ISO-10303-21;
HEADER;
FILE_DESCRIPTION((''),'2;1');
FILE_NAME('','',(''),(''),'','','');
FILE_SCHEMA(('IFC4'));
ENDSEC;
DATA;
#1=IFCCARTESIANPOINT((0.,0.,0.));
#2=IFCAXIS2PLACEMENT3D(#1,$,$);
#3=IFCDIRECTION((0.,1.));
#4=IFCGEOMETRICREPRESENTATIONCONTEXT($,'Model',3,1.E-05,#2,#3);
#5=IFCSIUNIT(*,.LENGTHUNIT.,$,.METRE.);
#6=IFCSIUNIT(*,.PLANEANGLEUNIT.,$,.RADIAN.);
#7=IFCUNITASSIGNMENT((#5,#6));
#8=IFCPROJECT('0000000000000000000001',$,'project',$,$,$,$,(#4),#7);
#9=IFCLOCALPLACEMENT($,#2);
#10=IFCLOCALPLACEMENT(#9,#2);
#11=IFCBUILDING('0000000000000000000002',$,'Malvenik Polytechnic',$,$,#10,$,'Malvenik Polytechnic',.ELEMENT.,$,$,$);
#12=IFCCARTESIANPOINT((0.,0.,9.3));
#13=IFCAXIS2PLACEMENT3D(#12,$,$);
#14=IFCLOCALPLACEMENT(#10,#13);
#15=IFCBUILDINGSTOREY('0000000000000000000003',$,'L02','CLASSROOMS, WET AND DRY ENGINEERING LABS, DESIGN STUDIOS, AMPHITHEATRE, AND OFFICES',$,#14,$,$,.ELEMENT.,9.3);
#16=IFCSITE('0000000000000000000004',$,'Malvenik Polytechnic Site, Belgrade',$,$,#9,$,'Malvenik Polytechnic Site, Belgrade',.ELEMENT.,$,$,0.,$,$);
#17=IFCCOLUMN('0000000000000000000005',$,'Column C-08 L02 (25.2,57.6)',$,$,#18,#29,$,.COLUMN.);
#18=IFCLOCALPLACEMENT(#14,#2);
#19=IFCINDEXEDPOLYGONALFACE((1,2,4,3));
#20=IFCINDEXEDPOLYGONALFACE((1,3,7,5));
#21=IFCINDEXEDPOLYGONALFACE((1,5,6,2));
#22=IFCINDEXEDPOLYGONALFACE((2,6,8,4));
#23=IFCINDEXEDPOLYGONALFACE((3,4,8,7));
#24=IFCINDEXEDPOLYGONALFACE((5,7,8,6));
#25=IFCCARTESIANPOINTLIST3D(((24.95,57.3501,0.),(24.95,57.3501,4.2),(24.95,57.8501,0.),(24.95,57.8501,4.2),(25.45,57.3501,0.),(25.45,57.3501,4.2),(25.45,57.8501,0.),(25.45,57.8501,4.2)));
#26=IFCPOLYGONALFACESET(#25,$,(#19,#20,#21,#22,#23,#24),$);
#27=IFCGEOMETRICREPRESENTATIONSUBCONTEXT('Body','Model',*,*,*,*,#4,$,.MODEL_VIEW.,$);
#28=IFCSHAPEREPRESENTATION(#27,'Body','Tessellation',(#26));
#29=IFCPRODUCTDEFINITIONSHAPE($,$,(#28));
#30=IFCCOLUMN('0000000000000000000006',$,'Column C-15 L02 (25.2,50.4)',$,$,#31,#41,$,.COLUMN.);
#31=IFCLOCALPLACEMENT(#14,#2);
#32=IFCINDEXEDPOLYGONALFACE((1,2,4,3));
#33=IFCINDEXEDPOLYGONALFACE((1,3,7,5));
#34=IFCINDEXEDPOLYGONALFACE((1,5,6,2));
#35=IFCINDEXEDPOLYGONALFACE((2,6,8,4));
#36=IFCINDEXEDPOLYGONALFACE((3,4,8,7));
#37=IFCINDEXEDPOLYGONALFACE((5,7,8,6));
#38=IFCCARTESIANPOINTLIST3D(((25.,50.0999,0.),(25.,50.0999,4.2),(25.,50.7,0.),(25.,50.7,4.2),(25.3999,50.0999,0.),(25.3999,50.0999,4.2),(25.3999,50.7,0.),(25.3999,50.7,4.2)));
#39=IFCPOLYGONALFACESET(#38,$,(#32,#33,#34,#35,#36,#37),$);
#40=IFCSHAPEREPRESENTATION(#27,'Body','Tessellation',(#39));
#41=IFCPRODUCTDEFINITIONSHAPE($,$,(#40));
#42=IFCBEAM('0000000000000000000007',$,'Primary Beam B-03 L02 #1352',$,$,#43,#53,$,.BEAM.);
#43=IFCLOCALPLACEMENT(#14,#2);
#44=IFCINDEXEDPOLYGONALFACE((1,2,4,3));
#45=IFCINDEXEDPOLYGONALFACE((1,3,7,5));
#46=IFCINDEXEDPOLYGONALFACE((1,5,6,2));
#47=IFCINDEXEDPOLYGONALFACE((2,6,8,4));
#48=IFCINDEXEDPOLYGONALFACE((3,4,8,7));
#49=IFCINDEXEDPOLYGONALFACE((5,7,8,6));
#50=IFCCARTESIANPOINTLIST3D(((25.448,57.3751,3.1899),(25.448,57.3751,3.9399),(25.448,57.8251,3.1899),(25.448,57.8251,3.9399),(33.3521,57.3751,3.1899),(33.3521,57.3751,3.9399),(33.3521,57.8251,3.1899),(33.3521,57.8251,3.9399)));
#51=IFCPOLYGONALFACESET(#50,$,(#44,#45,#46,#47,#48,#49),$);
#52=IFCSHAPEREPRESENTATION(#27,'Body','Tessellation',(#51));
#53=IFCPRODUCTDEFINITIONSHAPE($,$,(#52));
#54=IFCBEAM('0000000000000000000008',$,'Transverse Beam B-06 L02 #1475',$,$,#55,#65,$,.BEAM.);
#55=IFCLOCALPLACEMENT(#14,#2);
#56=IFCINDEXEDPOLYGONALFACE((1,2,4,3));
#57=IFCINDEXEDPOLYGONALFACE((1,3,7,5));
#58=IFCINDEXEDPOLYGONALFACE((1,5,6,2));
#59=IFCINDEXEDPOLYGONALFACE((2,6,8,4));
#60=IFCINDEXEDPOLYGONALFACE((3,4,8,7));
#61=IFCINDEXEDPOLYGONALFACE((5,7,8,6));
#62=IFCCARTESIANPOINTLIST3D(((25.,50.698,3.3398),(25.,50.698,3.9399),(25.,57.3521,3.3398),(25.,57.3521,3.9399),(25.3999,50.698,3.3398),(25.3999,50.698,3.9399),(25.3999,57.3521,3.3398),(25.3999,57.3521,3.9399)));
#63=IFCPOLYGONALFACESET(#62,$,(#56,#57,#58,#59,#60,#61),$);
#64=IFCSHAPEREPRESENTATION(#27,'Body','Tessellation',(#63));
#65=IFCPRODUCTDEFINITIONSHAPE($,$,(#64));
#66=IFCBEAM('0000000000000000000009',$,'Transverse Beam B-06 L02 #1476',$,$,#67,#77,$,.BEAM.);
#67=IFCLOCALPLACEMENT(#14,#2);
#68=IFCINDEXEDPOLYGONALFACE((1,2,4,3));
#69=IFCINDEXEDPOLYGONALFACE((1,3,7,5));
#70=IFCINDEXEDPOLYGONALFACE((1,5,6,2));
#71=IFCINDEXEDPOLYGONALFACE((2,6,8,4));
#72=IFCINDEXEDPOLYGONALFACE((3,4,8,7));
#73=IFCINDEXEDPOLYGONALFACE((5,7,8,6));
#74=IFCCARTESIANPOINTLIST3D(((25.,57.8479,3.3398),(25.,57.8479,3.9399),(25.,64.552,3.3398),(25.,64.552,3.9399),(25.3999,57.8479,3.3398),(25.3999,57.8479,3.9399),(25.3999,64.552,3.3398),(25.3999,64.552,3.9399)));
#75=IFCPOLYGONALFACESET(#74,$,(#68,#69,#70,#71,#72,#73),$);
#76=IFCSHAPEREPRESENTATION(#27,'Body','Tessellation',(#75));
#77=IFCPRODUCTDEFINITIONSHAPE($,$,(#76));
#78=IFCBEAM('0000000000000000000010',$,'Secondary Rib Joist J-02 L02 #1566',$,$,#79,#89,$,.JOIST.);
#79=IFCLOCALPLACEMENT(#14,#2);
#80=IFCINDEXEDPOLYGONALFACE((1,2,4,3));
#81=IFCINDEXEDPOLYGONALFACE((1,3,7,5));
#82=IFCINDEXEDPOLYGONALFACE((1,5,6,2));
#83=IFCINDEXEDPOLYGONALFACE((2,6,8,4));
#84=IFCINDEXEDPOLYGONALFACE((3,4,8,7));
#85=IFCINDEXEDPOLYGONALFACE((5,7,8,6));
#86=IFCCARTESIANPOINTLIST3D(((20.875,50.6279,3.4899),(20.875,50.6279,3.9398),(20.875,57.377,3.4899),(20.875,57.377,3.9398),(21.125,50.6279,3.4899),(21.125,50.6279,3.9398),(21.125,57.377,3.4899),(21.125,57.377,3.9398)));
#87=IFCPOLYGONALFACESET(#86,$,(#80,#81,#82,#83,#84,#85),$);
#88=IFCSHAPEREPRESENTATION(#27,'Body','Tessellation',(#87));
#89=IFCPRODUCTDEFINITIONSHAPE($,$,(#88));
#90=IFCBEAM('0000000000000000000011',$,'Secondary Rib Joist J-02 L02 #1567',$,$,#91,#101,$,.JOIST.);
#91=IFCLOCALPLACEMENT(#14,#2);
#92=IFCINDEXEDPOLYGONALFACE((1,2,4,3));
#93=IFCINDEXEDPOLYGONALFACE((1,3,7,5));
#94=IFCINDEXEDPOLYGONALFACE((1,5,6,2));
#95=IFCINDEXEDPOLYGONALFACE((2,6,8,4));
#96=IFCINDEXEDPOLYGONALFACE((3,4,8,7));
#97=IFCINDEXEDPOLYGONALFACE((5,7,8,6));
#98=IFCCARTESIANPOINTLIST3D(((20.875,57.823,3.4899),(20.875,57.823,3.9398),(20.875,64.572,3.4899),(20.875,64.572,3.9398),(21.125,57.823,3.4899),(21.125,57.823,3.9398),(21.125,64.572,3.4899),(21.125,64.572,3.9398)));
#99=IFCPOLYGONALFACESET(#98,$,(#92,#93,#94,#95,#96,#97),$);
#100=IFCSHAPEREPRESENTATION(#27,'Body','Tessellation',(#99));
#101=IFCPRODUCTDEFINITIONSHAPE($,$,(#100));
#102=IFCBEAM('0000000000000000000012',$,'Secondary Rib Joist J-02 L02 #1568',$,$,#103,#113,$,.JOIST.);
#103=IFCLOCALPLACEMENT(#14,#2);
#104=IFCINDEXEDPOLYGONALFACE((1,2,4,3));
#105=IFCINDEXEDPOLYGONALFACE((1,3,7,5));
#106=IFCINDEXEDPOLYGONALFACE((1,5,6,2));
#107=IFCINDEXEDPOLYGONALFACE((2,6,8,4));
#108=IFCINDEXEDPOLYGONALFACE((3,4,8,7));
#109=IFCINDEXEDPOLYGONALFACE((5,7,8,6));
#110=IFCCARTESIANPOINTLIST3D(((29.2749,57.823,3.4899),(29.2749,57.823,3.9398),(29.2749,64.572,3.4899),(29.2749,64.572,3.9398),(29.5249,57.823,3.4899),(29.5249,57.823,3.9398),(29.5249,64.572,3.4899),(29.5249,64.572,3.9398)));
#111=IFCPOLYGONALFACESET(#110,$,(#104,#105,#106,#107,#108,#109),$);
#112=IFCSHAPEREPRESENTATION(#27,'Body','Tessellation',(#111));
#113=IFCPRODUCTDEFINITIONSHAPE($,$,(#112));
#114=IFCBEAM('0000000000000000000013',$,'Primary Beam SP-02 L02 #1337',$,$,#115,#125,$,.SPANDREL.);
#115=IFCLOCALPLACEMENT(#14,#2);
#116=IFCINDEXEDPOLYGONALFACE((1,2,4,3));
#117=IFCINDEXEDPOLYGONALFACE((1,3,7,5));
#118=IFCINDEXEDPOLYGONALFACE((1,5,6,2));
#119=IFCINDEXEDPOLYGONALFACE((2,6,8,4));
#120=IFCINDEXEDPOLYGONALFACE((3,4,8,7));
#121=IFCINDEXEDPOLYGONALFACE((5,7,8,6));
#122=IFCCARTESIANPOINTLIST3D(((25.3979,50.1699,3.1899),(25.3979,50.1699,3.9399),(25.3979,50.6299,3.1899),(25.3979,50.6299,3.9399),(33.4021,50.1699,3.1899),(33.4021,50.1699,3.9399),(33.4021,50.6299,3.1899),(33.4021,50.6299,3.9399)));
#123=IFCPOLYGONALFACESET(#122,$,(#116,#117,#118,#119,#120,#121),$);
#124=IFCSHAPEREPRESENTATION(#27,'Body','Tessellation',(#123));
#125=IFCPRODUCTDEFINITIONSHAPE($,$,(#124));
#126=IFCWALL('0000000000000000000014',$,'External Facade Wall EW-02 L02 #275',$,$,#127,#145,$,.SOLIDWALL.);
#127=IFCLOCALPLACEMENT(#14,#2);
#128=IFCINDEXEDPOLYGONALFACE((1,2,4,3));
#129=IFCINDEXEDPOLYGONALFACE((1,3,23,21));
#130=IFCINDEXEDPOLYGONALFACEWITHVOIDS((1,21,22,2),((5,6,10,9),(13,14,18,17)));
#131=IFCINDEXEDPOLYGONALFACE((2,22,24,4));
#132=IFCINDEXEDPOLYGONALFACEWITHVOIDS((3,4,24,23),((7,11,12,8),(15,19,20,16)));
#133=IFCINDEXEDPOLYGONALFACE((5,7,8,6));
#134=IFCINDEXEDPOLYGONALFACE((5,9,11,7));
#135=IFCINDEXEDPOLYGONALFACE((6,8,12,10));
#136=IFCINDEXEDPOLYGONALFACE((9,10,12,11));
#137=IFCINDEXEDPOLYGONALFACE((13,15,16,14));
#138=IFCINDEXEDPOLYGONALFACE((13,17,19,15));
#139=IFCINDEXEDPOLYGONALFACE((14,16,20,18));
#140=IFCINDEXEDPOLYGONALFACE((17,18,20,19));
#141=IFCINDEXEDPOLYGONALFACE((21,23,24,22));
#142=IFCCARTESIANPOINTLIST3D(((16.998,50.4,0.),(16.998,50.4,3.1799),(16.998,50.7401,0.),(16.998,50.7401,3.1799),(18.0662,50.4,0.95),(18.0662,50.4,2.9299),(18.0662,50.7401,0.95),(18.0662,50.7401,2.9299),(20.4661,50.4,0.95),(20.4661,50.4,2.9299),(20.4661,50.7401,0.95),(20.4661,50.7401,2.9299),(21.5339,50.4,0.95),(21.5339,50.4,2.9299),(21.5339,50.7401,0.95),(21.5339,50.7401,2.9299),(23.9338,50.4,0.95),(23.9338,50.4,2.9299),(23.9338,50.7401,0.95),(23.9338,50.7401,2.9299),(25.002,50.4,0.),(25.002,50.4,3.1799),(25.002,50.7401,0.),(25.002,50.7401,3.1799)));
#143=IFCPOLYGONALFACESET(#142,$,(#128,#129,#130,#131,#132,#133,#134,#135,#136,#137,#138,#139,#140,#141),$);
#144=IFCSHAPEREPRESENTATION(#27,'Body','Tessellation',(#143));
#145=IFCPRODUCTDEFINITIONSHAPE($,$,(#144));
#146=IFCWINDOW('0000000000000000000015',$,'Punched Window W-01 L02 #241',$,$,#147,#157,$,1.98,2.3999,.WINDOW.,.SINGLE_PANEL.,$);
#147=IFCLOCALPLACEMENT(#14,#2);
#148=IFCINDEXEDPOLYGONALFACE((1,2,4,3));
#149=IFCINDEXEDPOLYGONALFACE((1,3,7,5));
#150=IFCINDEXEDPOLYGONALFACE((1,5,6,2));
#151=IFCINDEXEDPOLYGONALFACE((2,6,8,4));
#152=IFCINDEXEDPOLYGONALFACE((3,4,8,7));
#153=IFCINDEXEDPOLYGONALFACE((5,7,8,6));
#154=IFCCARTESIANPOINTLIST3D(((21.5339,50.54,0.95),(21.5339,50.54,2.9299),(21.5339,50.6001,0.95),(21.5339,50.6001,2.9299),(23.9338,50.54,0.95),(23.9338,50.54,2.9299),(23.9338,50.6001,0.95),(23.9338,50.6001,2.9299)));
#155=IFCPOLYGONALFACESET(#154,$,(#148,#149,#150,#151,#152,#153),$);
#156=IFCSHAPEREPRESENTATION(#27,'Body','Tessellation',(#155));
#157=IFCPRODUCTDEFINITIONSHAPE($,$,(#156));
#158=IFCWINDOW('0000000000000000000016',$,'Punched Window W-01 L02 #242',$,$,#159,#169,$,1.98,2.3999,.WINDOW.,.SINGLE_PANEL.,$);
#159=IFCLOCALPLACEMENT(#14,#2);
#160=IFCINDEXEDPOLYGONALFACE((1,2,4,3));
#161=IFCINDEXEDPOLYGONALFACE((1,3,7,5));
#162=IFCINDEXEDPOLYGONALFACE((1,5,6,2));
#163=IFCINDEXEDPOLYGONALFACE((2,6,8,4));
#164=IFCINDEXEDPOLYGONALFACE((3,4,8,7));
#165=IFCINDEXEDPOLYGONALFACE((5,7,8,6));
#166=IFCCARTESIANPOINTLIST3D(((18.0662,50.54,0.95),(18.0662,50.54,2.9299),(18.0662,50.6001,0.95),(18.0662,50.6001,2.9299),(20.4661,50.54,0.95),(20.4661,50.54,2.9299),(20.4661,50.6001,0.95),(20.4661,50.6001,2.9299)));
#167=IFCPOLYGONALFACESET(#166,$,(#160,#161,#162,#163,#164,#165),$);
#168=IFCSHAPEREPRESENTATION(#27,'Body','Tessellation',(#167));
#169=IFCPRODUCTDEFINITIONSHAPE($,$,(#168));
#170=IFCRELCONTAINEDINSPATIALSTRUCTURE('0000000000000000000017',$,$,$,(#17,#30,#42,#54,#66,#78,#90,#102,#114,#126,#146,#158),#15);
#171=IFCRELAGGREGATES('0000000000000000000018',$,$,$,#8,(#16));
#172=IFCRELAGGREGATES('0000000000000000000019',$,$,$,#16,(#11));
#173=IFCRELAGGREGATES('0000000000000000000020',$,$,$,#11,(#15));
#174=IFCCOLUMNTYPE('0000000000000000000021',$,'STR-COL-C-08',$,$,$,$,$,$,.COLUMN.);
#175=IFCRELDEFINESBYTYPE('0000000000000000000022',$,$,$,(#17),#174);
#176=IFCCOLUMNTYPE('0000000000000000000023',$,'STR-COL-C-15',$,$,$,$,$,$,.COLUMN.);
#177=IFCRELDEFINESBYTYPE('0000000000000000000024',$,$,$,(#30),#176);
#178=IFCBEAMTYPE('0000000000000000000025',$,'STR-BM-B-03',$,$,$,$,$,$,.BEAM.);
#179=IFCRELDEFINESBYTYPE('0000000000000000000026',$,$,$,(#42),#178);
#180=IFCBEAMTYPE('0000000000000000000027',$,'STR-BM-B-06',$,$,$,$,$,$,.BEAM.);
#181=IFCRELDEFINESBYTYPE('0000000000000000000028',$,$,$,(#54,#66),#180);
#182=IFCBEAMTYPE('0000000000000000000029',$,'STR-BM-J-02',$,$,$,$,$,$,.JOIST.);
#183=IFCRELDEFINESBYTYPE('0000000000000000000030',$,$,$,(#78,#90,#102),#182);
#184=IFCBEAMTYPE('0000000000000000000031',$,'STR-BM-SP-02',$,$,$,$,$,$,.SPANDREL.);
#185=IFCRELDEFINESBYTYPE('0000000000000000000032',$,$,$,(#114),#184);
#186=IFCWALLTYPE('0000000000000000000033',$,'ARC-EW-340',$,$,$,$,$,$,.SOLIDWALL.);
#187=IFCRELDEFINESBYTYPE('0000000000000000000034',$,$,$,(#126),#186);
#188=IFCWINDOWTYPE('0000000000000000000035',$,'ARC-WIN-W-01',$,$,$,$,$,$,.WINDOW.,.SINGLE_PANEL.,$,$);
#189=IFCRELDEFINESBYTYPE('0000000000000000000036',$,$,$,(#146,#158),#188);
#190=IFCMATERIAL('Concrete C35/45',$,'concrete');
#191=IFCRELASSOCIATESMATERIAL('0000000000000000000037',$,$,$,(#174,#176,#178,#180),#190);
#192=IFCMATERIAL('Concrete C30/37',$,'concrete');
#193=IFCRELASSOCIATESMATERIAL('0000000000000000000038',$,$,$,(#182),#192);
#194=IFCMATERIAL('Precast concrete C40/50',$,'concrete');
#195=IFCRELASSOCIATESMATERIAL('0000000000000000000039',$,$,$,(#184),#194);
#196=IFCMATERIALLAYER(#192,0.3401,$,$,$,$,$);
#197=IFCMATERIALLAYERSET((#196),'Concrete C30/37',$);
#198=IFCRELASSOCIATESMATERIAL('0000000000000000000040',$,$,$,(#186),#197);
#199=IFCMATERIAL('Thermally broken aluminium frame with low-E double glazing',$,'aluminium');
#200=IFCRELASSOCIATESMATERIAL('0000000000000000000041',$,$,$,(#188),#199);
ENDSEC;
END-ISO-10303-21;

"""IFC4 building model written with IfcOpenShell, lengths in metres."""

from ifc_helpers import new_model, si_unit, direction, frame, frame_2d, origin, origin_2d, place, context, subcontext, project, spatial, rectangle, extrude, material, layer, layer_set, material_profile, profile_set, type_object, element, fill, save


model = new_model("IFC4")

# Units and contexts
model_context = context("Model", 3, precision=1e-05, world=origin(), true_north=direction((0.0, 1.0)))
body_context = subcontext(model_context, "Body", "Model", "MODEL_VIEW")
ifc_project = project(units=[si_unit("LENGTHUNIT", "METRE"), si_unit("PLANEANGLEUNIT", "RADIAN")], contexts=[model_context])

# Site, building, storey
site_placement = place(None, origin())
site = spatial("IfcSite", under=ifc_project, at=site_placement, Name="Malvenik Polytechnic Site, Belgrade", LongName="Malvenik Polytechnic Site, Belgrade", CompositionType="ELEMENT", RefElevation=0.0)
building_placement = place(site_placement, origin())
building = spatial("IfcBuilding", under=site, at=building_placement, Name="Malvenik Polytechnic", LongName="Malvenik Polytechnic", CompositionType="ELEMENT")
storey_placement = place(building_placement, frame((0.0, 0.0, 9.3)))
storey = spatial("IfcBuildingStorey", under=building, at=storey_placement, Name="L02", Description="CLASSROOMS, WET AND DRY ENGINEERING LABS, DESIGN STUDIOS, AMPHITHEATRE, AND OFFICES", CompositionType="ELEMENT", Elevation=9.3)

# Columns
ifc_material_1 = material(Name="Concrete C35/45", Category="concrete")
ifc_material_profile_1 = material_profile(ifc_material_1, rectangle(XDim=0.5, YDim=0.5, at=origin_2d()), Name="RC COL 500x500")
ifc_profile_set_1 = profile_set([ifc_material_profile_1], Name="Concrete C35/45")
column_type_1 = type_object("IfcColumnType", Name="STR-COL-C-08", PredefinedType="COLUMN", material=ifc_profile_set_1)
column_1_placement = place(storey_placement, frame((25.2, 57.6001, 0.0), z_axis=(0.0, 0.0, 1.0), x_axis=(1.0, 0.0, 0.0)))
element("IfcColumn", 1, at=column_1_placement, inside=storey, type_object=column_type_1, Name="Column C-08 L02 (25.2,57.6)", PredefinedType="COLUMN", context=body_context, shape_type="SweptSolid", body=[
    extrude(rectangle(XDim=0.5, YDim=0.5, at=origin_2d()), origin(), (0.0, 0.0, 1.0), 4.2),
])
ifc_material_profile_2 = material_profile(ifc_material_1, rectangle(XDim=0.3999, YDim=0.6001, at=origin_2d()), Name="RC COL 600x400")
ifc_profile_set_2 = profile_set([ifc_material_profile_2], Name="Concrete C35/45")
column_type_2 = type_object("IfcColumnType", Name="STR-COL-C-15", PredefinedType="COLUMN", material=ifc_profile_set_2)
column_2_placement = place(storey_placement, frame((25.2, 50.3999, 0.0), z_axis=(0.0, 0.0, 1.0), x_axis=(1.0, 0.0, 0.0)))
element("IfcColumn", 2, at=column_2_placement, inside=storey, type_object=column_type_2, Name="Column C-15 L02 (25.2,50.4)", PredefinedType="COLUMN", context=body_context, shape_type="SweptSolid", body=[
    extrude(rectangle(XDim=0.3999, YDim=0.6001, at=origin_2d()), origin(), (0.0, 0.0, 1.0), 4.2),
])

# Beams
ifc_material_profile_3 = material_profile(ifc_material_1, rectangle(XDim=0.45, YDim=0.75, at=origin_2d()), Name="RC BM 450x750")
ifc_profile_set_3 = profile_set([ifc_material_profile_3], Name="Concrete C35/45")
beam_type_1 = type_object("IfcBeamType", Name="STR-BM-B-03", PredefinedType="BEAM", material=ifc_profile_set_3)
beam_1_placement = place(storey_placement, frame((25.448, 57.6001, 3.5649), z_axis=(1.0, 0.0, 0.0), x_axis=(0.0, 1.0, 0.0)))
element("IfcBeam", 3, at=beam_1_placement, inside=storey, type_object=beam_type_1, Name="Primary Beam B-03 L02 #1352", PredefinedType="BEAM", context=body_context, shape_type="SweptSolid", body=[
    extrude(rectangle(XDim=0.45, YDim=0.75, at=origin_2d()), origin(), (0.0, 0.0, 1.0), 7.9041),
])
ifc_material_profile_4 = material_profile(ifc_material_1, rectangle(XDim=0.3999, YDim=0.6001, at=origin_2d()), Name="RC BM 400x600")
ifc_profile_set_4 = profile_set([ifc_material_profile_4], Name="Concrete C35/45")
beam_type_2 = type_object("IfcBeamType", Name="STR-BM-B-06", PredefinedType="BEAM", material=ifc_profile_set_4)
beam_2_placement = place(storey_placement, frame((25.2, 50.698, 3.6399), z_axis=(0.0, 1.0, 0.0), x_axis=(-1.0, 0.0, 0.0)))
element("IfcBeam", 4, at=beam_2_placement, inside=storey, type_object=beam_type_2, Name="Transverse Beam B-06 L02 #1475", PredefinedType="BEAM", context=body_context, shape_type="SweptSolid", body=[
    extrude(rectangle(XDim=0.3999, YDim=0.6001, at=origin_2d()), origin(), (0.0, 0.0, 1.0), 6.6541),
])
beam_3_placement = place(storey_placement, frame((25.2, 57.8479, 3.6399), z_axis=(0.0, 1.0, 0.0), x_axis=(-1.0, 0.0, 0.0)))
element("IfcBeam", 5, at=beam_3_placement, inside=storey, type_object=beam_type_2, Name="Transverse Beam B-06 L02 #1476", PredefinedType="BEAM", context=body_context, shape_type="SweptSolid", body=[
    extrude(rectangle(XDim=0.3999, YDim=0.6001, at=origin_2d()), origin(), (0.0, 0.0, 1.0), 6.7041),
])
ifc_material_2 = material(Name="Concrete C30/37", Category="concrete")
ifc_material_profile_5 = material_profile(ifc_material_2, rectangle(XDim=0.25, YDim=0.45, at=origin_2d()), Name="RC JST 250x450")
ifc_profile_set_5 = profile_set([ifc_material_profile_5], Name="Concrete C30/37")
beam_type_3 = type_object("IfcBeamType", Name="STR-BM-J-02", PredefinedType="JOIST", material=ifc_profile_set_5)
for number, where, z_axis, x_axis, name in (
    (6, (21.0, 50.6279, 3.7148), (0.0, 1.0, 0.0), (-1.0, 0.0, 0.0), "Secondary Rib Joist J-02 L02 #1566"),
    (7, (21.0, 57.823, 3.7148), (0.0, 1.0, 0.0), (-1.0, 0.0, 0.0), "Secondary Rib Joist J-02 L02 #1567"),
    (8, (29.3999, 57.823, 3.7148), (0.0, 1.0, 0.0), (-1.0, 0.0, 0.0), "Secondary Rib Joist J-02 L02 #1568"),
):
    element("IfcBeam", number, at=place(storey_placement, frame(where, z_axis=z_axis, x_axis=x_axis)), inside=storey, type_object=beam_type_3, Name=name, PredefinedType="JOIST", context=body_context, shape_type="SweptSolid", body=[
        extrude(rectangle(XDim=0.25, YDim=0.45, at=origin_2d()), origin(), (0.0, 0.0, 1.0), 6.749),
    ])
ifc_material_3 = material(Name="Precast concrete C40/50", Category="concrete")
ifc_material_profile_6 = material_profile(ifc_material_3, rectangle(XDim=0.46, YDim=0.75, at=origin_2d()), Name="PC SPN 460x750")
ifc_profile_set_6 = profile_set([ifc_material_profile_6], Name="Precast concrete C40/50")
beam_type_4 = type_object("IfcBeamType", Name="STR-BM-SP-02", PredefinedType="SPANDREL", material=ifc_profile_set_6)
beam_4_placement = place(storey_placement, frame((25.3979, 50.3999, 3.5649), z_axis=(1.0, 0.0, 0.0), x_axis=(0.0, 1.0, 0.0)))
element("IfcBeam", 9, at=beam_4_placement, inside=storey, type_object=beam_type_4, Name="Primary Beam SP-02 L02 #1337", PredefinedType="SPANDREL", context=body_context, shape_type="SweptSolid", body=[
    extrude(rectangle(XDim=0.46, YDim=0.75, at=origin_2d()), origin(), (0.0, 0.0, 1.0), 8.0042),
])

# Wall, openings, windows
ifc_layer_1 = layer(ifc_material_2, 0.3401)
ifc_layer_set_1 = layer_set([ifc_layer_1], Name="Concrete C30/37")
wall_type_1 = type_object("IfcWallType", Name="ARC-EW-340", PredefinedType="SOLIDWALL", material=ifc_layer_set_1)
wall_1_placement = place(storey_placement, frame((25.002, 50.5701, 0.0), z_axis=(0.0, 0.0, 1.0), x_axis=(-1.0, 0.0, 0.0)))
wall_1 = element("IfcWall", 10, at=wall_1_placement, inside=storey, type_object=wall_type_1, Name="External Facade Wall EW-02 L02 #275", PredefinedType="SOLIDWALL", context=body_context, shape_type="SweptSolid", body=[
    extrude(rectangle(XDim=8.0039, YDim=0.3401, at=frame_2d((4.002, 0.0))), origin(), (0.0, 0.0, 1.0), 3.1799),
])
opening_1_placement = place(wall_1_placement, frame((1.0681, 0.0, 0.95)))
opening_1 = element("IfcOpeningElement", 11, at=opening_1_placement, cuts=wall_1, PredefinedType="OPENING", context=body_context, shape_type="SweptSolid", body=[
    extrude(rectangle(XDim=2.3999, YDim=1.98, at=frame_2d((1.2, 0.99))), frame((0.0, 0.1802, 0.0), z_axis=(0.0, -1.0, 0.0), x_axis=(1.0, 0.0, 0.0)), (0.0, 0.0, 1.0), 0.3601),
])
opening_2_placement = place(wall_1_placement, frame((4.5359, 0.0, 0.95)))
opening_2 = element("IfcOpeningElement", 12, at=opening_2_placement, cuts=wall_1, PredefinedType="OPENING", context=body_context, shape_type="SweptSolid", body=[
    extrude(rectangle(XDim=2.3999, YDim=1.98, at=frame_2d((1.2, 0.99))), frame((0.0, 0.1802, 0.0), z_axis=(0.0, -1.0, 0.0), x_axis=(1.0, 0.0, 0.0)), (0.0, 0.0, 1.0), 0.3601),
])
ifc_material_4 = material(Name="Thermally broken aluminium frame with low-E double glazing", Category="aluminium")
window_type_1 = type_object("IfcWindowType", Name="ARC-WIN-W-01", PartitioningType="SINGLE_PANEL", PredefinedType="WINDOW", material=ifc_material_4)
window_1_placement = place(opening_1_placement, origin())
window_1 = element("IfcWindow", 13, at=window_1_placement, inside=storey, type_object=window_type_1, Name="Punched Window W-01 L02 #241", OverallHeight=1.98, OverallWidth=2.3999, PartitioningType="SINGLE_PANEL", PredefinedType="WINDOW", context=body_context, shape_type="SweptSolid", body=[
    extrude(rectangle(XDim=2.3999, YDim=1.98, at=frame_2d((1.2, 0.99))), frame((0.0, 0.03, 0.0), z_axis=(0.0, -1.0, 0.0), x_axis=(1.0, 0.0, 0.0)), (0.0, 0.0, 1.0), 0.0601),
])
fill(opening_1, window_1)
window_2_placement = place(opening_2_placement, origin())
window_2 = element("IfcWindow", 14, at=window_2_placement, inside=storey, type_object=window_type_1, Name="Punched Window W-01 L02 #242", OverallHeight=1.98, OverallWidth=2.3999, PartitioningType="SINGLE_PANEL", PredefinedType="WINDOW", context=body_context, shape_type="SweptSolid", body=[
    extrude(rectangle(XDim=2.3999, YDim=1.98, at=frame_2d((1.2, 0.99))), frame((0.0, 0.03, 0.0), z_axis=(0.0, -1.0, 0.0), x_axis=(1.0, 0.0, 0.0)), (0.0, 0.0, 1.0), 0.0601),
])
fill(opening_2, window_2)

save(model, "model.ifc")
